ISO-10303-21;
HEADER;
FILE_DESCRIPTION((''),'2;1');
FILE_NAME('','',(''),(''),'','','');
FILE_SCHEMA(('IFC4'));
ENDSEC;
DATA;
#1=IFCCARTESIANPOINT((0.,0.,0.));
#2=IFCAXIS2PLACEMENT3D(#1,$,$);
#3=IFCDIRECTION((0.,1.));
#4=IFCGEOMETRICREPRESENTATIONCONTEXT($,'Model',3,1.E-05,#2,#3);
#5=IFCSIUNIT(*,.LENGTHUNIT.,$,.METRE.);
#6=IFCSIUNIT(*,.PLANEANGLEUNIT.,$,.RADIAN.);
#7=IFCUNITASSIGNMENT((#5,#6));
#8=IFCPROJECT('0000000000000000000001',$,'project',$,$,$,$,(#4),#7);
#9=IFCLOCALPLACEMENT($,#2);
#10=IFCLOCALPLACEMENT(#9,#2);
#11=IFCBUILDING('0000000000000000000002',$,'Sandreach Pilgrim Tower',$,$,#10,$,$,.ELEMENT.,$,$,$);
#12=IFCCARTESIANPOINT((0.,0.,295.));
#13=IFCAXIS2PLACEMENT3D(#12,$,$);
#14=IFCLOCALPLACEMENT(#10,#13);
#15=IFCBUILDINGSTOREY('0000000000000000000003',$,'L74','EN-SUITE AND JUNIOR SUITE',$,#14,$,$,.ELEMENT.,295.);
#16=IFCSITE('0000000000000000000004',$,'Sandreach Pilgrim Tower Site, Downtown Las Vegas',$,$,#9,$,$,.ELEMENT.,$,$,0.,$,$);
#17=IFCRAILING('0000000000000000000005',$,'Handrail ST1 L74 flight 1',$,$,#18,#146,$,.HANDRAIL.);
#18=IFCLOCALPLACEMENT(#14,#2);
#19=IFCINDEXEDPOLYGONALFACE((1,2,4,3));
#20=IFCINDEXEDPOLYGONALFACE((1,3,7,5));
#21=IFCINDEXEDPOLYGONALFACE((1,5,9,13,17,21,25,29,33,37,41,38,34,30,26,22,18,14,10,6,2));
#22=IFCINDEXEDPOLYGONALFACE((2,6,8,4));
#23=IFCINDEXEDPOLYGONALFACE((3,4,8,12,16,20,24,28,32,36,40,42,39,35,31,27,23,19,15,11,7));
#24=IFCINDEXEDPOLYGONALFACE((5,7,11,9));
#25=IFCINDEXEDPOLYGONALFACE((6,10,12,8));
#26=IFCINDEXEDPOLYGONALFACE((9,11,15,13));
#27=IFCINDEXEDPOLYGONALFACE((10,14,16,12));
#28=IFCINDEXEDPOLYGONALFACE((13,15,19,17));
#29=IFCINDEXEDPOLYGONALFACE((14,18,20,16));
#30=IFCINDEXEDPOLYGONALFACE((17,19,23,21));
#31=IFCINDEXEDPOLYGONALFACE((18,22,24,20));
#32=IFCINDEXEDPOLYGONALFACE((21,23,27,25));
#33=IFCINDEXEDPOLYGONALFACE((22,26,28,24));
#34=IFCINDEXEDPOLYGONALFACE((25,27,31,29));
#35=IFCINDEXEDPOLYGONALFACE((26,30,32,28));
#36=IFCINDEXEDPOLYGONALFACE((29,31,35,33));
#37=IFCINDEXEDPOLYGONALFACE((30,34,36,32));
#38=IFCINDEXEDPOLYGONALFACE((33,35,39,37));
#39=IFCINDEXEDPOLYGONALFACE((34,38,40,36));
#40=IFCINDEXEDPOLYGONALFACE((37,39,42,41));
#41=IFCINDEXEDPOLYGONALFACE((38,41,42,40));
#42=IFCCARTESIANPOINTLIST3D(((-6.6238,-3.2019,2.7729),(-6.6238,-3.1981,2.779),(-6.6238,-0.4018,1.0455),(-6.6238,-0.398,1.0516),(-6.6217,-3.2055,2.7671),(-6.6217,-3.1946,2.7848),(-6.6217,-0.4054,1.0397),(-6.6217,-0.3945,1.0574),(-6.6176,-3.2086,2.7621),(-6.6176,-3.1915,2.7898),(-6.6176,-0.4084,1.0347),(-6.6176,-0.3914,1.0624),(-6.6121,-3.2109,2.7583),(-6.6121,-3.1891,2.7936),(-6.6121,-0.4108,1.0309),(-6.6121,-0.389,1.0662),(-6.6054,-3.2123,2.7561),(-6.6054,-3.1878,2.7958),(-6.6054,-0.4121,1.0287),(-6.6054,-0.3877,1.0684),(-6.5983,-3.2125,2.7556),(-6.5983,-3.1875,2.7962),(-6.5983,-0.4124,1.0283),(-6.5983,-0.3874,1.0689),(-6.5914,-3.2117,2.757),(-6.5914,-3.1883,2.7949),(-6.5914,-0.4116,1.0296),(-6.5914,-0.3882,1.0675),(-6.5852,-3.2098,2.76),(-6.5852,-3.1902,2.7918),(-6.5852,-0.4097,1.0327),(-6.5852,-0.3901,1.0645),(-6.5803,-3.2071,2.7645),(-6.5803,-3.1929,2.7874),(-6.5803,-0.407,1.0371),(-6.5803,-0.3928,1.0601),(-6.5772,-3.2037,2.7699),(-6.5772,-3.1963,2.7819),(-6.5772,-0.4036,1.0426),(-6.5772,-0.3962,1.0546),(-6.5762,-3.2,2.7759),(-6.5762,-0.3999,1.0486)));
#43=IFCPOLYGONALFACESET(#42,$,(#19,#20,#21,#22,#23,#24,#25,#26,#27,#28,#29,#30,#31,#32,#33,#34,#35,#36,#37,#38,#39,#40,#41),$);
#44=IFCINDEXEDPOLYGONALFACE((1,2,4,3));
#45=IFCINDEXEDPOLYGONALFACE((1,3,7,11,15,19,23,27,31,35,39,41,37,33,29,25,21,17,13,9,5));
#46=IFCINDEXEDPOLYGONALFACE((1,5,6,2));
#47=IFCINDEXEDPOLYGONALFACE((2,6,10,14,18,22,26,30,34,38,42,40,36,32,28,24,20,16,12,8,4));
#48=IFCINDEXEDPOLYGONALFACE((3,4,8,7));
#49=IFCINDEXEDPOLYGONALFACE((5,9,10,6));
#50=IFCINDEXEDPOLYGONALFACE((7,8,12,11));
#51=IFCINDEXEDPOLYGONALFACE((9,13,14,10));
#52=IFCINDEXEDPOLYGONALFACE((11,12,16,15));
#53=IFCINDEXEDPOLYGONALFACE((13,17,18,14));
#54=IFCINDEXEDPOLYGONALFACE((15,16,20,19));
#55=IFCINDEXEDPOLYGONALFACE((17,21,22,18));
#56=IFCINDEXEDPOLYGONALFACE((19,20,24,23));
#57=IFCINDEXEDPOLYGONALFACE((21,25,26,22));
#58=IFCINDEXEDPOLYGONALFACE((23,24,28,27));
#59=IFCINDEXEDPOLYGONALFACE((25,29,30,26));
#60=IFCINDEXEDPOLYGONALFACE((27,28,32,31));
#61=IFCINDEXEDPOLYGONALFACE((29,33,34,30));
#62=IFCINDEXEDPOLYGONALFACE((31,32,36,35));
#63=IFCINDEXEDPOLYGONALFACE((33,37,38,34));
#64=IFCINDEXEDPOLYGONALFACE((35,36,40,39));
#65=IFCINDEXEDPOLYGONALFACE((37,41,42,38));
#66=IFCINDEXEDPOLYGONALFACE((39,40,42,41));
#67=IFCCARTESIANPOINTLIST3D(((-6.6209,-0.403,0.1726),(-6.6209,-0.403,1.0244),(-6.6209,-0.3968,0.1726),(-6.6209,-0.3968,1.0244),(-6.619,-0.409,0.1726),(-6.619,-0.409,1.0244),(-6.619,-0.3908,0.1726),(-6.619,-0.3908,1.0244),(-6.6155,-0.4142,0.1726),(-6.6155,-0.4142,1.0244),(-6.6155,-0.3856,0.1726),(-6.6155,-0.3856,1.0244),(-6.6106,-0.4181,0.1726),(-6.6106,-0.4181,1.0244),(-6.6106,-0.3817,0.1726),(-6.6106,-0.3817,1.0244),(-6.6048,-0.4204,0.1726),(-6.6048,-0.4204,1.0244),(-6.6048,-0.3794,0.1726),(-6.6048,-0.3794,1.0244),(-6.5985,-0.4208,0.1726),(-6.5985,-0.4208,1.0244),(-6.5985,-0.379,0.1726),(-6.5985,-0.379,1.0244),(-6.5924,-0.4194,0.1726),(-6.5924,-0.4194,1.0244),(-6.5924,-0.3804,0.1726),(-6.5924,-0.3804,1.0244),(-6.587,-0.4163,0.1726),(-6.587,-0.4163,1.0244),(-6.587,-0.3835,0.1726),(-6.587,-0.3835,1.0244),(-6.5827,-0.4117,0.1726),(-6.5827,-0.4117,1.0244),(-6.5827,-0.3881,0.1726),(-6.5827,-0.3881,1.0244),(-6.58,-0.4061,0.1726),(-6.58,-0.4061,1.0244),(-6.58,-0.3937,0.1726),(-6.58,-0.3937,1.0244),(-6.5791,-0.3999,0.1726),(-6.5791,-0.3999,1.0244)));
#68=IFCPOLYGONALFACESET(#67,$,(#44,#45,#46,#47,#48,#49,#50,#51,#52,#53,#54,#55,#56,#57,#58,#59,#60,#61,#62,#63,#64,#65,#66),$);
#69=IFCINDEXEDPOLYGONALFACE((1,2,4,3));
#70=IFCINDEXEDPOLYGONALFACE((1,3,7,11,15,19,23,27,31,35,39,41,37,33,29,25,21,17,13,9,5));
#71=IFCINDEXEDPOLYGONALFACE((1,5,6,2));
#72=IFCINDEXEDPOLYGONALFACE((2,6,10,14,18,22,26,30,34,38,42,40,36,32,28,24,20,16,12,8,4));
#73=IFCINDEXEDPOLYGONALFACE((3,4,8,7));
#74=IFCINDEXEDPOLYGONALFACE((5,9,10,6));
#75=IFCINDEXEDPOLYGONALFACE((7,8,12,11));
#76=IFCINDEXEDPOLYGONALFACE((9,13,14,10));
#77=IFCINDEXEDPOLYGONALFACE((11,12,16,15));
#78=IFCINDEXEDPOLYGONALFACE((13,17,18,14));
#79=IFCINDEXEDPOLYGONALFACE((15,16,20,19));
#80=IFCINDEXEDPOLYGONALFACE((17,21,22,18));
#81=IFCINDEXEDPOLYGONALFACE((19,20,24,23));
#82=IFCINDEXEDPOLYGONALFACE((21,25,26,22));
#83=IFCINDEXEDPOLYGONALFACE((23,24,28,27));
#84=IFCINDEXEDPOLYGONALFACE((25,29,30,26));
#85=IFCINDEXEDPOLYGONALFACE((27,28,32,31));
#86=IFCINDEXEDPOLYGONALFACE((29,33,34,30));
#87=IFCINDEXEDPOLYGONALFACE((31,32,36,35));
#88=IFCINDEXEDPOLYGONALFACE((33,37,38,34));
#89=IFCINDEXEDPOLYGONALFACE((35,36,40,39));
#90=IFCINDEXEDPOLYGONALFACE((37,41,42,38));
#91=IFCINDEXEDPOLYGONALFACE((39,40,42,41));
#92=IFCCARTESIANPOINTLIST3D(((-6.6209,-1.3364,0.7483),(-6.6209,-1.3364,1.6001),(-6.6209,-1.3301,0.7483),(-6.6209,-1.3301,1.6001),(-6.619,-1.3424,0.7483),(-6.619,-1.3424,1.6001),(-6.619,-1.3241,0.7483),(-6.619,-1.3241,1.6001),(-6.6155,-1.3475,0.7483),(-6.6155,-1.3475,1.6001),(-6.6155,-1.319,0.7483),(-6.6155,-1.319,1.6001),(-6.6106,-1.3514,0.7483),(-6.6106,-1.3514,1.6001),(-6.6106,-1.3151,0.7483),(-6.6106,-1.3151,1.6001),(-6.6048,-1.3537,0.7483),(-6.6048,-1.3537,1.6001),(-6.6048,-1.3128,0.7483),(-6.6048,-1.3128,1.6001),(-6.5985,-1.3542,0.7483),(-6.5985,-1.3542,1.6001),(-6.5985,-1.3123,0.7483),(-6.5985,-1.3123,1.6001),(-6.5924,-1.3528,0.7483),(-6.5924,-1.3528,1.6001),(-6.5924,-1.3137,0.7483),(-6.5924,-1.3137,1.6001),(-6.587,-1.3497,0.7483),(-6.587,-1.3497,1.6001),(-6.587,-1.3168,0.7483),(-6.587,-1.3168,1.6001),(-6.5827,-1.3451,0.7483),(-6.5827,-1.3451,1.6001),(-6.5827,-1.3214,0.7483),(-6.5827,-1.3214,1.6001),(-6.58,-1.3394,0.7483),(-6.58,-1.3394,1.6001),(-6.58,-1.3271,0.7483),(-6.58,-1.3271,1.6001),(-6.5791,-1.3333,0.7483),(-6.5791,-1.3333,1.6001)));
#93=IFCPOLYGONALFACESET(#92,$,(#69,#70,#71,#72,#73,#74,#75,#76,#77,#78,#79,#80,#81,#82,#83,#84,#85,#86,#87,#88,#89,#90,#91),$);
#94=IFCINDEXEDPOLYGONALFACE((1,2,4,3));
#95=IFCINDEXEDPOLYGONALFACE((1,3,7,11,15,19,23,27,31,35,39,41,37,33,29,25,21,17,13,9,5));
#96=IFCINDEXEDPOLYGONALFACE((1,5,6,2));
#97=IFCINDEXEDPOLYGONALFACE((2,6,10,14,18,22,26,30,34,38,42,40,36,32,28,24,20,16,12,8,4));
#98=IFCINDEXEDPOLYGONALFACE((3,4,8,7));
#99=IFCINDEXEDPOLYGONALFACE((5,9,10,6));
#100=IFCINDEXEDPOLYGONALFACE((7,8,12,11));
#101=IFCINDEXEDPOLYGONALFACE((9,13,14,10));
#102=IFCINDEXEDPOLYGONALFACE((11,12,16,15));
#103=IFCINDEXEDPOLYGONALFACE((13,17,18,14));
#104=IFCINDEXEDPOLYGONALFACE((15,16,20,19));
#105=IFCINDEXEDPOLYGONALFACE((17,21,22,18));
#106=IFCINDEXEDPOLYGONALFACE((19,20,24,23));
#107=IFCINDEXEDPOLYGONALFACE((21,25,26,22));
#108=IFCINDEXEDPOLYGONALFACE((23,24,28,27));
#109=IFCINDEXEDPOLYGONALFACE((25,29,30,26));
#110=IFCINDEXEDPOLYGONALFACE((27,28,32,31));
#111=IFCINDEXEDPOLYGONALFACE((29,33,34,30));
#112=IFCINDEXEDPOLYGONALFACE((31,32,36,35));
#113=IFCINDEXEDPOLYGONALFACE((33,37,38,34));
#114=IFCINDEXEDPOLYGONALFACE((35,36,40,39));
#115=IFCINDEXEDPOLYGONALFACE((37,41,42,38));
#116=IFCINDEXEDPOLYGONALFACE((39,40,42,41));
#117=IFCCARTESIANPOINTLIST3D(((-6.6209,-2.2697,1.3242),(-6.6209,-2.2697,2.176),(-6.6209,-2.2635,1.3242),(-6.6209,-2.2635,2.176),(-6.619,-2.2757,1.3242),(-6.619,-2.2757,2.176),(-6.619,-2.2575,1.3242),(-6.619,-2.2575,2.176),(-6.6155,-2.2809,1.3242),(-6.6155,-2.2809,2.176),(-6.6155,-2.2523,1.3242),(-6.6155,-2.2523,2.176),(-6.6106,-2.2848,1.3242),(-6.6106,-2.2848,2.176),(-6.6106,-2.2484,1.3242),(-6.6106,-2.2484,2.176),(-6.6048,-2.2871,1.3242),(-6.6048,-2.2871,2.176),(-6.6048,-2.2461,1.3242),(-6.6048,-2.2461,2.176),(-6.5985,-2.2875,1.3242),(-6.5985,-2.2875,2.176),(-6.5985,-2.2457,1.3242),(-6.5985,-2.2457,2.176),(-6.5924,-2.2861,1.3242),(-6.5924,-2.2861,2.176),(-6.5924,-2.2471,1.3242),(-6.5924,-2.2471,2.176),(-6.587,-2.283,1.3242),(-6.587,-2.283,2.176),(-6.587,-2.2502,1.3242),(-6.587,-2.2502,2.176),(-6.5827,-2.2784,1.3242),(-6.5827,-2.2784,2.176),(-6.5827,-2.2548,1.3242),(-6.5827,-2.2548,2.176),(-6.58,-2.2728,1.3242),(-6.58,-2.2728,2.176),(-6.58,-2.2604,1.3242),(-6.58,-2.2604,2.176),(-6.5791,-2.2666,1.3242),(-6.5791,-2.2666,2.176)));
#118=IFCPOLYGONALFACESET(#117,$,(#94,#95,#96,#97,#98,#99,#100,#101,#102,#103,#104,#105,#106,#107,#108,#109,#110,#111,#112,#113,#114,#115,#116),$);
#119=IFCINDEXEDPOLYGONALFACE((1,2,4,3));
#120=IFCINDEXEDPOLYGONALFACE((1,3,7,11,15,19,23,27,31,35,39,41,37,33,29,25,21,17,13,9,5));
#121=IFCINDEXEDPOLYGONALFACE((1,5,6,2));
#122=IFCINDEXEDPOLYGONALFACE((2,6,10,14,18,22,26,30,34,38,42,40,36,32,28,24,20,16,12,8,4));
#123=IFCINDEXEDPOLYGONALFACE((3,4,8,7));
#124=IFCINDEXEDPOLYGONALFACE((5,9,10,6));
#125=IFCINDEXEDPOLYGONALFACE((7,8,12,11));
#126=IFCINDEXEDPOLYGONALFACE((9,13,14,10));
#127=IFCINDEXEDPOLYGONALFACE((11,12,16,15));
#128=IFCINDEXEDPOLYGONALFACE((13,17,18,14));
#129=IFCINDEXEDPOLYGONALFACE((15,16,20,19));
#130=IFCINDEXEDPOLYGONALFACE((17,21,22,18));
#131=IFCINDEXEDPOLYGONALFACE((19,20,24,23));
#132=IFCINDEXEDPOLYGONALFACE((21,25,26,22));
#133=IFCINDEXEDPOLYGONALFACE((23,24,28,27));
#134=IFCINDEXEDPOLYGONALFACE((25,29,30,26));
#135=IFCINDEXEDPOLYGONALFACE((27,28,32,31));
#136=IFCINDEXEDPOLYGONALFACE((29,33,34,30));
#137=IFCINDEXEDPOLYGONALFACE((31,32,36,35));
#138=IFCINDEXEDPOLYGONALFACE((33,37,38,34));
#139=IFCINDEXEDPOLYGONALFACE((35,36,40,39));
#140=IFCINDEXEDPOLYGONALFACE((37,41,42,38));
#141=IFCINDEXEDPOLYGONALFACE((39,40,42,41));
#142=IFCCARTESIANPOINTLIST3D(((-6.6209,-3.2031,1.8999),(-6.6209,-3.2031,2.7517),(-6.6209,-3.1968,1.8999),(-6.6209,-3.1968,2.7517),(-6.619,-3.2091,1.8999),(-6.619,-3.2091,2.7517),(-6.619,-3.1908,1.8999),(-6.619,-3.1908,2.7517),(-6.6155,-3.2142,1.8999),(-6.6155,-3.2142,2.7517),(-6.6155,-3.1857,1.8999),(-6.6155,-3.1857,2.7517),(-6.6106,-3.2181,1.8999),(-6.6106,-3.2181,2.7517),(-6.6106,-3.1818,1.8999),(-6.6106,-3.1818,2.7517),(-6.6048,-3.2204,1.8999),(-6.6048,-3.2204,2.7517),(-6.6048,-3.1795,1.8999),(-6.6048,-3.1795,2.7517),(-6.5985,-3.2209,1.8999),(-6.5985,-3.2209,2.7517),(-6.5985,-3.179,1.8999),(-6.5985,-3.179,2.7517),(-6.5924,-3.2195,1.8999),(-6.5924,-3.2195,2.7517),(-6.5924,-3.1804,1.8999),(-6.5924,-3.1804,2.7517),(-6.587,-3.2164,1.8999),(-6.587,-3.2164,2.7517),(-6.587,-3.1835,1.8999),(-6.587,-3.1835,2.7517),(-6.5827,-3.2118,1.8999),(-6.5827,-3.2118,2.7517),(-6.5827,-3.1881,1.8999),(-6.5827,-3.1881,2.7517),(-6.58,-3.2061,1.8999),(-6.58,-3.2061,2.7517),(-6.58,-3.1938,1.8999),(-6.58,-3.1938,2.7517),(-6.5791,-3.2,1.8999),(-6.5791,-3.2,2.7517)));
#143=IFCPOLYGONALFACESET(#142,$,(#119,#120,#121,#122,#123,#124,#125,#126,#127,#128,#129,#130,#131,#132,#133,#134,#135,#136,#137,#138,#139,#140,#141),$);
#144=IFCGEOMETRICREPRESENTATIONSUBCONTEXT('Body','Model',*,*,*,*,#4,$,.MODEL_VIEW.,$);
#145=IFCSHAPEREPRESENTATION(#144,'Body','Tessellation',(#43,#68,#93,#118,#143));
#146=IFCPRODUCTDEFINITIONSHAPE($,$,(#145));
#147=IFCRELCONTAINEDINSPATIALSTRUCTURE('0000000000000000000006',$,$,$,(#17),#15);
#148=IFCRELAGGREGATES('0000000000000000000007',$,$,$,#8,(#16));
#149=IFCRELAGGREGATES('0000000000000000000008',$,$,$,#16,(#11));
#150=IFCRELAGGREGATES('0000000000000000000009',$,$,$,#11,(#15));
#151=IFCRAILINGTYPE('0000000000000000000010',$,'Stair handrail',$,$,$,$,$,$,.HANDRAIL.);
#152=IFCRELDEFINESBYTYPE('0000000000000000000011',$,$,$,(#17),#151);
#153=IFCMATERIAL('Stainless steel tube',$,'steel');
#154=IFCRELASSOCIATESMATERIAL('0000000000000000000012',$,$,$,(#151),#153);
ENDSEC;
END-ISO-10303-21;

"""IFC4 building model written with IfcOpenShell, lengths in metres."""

from ifc_helpers import new_model, si_unit, direction, frame, origin, origin_2d, place, context, subcontext, project, spatial, circle, extrude, material, type_object, element, save


model = new_model("IFC4")

# Units and contexts
model_context = context("Model", 3, precision=1e-05, world=origin(), true_north=direction((0.0, 1.0)))
body_context = subcontext(model_context, "Body", "Model", "MODEL_VIEW")
ifc_project = project(units=[si_unit("LENGTHUNIT", "METRE"), si_unit("PLANEANGLEUNIT", "RADIAN")], contexts=[model_context])

# Site, building, storey
site_placement = place(None, origin())
site = spatial("IfcSite", under=ifc_project, at=site_placement, Name="Sandreach Pilgrim Tower Site, Downtown Las Vegas", CompositionType="ELEMENT", RefElevation=0.0)
building_placement = place(site_placement, origin())
building = spatial("IfcBuilding", under=site, at=building_placement, Name="Sandreach Pilgrim Tower", CompositionType="ELEMENT")
storey_placement = place(building_placement, frame((0.0, 0.0, 295.0)))
storey = spatial("IfcBuildingStorey", under=building, at=storey_placement, Name="L74", Description="EN-SUITE AND JUNIOR SUITE", CompositionType="ELEMENT", Elevation=295.0)

# Railing
ifc_material_1 = material(Name="Stainless steel tube", Category="steel")
railing_type = type_object("IfcRailingType", Name="Stair handrail", PredefinedType="HANDRAIL", material=ifc_material_1)
for number, where, name in (
    (1, (-6.6001, -0.3999, 0.1726), "Handrail ST1 L74 flight 1"),
):
    element("IfcRailing", number, at=place(storey_placement, frame(where)), inside=storey, type_object=railing_type, Name=name, PredefinedType="HANDRAIL", context=body_context, shape_type="SweptSolid", body=[
        extrude(circle(Radius=0.0239, at=origin_2d()), frame((0.0, 0.0, 0.876), z_axis=(0.0, -0.85109, 0.52502), x_axis=(1.0, 0.0, 0.0)), (0.0, 0.0, 1.0), 3.29),
        extrude(circle(Radius=0.021, at=origin_2d()), origin(), (0.0, 0.0, 1.0), 0.8518),
        extrude(circle(Radius=0.021, at=origin_2d()), frame((0.0, -0.9333, 0.5757)), (0.0, 0.0, 1.0), 0.8518),
        extrude(circle(Radius=0.021, at=origin_2d()), frame((0.0, -1.8667, 1.1516)), (0.0, 0.0, 1.0), 0.8518),
        extrude(circle(Radius=0.021, at=origin_2d()), frame((0.0, -2.8, 1.7273)), (0.0, 0.0, 1.0), 0.8518),
    ])

save(model, "model.ifc")
